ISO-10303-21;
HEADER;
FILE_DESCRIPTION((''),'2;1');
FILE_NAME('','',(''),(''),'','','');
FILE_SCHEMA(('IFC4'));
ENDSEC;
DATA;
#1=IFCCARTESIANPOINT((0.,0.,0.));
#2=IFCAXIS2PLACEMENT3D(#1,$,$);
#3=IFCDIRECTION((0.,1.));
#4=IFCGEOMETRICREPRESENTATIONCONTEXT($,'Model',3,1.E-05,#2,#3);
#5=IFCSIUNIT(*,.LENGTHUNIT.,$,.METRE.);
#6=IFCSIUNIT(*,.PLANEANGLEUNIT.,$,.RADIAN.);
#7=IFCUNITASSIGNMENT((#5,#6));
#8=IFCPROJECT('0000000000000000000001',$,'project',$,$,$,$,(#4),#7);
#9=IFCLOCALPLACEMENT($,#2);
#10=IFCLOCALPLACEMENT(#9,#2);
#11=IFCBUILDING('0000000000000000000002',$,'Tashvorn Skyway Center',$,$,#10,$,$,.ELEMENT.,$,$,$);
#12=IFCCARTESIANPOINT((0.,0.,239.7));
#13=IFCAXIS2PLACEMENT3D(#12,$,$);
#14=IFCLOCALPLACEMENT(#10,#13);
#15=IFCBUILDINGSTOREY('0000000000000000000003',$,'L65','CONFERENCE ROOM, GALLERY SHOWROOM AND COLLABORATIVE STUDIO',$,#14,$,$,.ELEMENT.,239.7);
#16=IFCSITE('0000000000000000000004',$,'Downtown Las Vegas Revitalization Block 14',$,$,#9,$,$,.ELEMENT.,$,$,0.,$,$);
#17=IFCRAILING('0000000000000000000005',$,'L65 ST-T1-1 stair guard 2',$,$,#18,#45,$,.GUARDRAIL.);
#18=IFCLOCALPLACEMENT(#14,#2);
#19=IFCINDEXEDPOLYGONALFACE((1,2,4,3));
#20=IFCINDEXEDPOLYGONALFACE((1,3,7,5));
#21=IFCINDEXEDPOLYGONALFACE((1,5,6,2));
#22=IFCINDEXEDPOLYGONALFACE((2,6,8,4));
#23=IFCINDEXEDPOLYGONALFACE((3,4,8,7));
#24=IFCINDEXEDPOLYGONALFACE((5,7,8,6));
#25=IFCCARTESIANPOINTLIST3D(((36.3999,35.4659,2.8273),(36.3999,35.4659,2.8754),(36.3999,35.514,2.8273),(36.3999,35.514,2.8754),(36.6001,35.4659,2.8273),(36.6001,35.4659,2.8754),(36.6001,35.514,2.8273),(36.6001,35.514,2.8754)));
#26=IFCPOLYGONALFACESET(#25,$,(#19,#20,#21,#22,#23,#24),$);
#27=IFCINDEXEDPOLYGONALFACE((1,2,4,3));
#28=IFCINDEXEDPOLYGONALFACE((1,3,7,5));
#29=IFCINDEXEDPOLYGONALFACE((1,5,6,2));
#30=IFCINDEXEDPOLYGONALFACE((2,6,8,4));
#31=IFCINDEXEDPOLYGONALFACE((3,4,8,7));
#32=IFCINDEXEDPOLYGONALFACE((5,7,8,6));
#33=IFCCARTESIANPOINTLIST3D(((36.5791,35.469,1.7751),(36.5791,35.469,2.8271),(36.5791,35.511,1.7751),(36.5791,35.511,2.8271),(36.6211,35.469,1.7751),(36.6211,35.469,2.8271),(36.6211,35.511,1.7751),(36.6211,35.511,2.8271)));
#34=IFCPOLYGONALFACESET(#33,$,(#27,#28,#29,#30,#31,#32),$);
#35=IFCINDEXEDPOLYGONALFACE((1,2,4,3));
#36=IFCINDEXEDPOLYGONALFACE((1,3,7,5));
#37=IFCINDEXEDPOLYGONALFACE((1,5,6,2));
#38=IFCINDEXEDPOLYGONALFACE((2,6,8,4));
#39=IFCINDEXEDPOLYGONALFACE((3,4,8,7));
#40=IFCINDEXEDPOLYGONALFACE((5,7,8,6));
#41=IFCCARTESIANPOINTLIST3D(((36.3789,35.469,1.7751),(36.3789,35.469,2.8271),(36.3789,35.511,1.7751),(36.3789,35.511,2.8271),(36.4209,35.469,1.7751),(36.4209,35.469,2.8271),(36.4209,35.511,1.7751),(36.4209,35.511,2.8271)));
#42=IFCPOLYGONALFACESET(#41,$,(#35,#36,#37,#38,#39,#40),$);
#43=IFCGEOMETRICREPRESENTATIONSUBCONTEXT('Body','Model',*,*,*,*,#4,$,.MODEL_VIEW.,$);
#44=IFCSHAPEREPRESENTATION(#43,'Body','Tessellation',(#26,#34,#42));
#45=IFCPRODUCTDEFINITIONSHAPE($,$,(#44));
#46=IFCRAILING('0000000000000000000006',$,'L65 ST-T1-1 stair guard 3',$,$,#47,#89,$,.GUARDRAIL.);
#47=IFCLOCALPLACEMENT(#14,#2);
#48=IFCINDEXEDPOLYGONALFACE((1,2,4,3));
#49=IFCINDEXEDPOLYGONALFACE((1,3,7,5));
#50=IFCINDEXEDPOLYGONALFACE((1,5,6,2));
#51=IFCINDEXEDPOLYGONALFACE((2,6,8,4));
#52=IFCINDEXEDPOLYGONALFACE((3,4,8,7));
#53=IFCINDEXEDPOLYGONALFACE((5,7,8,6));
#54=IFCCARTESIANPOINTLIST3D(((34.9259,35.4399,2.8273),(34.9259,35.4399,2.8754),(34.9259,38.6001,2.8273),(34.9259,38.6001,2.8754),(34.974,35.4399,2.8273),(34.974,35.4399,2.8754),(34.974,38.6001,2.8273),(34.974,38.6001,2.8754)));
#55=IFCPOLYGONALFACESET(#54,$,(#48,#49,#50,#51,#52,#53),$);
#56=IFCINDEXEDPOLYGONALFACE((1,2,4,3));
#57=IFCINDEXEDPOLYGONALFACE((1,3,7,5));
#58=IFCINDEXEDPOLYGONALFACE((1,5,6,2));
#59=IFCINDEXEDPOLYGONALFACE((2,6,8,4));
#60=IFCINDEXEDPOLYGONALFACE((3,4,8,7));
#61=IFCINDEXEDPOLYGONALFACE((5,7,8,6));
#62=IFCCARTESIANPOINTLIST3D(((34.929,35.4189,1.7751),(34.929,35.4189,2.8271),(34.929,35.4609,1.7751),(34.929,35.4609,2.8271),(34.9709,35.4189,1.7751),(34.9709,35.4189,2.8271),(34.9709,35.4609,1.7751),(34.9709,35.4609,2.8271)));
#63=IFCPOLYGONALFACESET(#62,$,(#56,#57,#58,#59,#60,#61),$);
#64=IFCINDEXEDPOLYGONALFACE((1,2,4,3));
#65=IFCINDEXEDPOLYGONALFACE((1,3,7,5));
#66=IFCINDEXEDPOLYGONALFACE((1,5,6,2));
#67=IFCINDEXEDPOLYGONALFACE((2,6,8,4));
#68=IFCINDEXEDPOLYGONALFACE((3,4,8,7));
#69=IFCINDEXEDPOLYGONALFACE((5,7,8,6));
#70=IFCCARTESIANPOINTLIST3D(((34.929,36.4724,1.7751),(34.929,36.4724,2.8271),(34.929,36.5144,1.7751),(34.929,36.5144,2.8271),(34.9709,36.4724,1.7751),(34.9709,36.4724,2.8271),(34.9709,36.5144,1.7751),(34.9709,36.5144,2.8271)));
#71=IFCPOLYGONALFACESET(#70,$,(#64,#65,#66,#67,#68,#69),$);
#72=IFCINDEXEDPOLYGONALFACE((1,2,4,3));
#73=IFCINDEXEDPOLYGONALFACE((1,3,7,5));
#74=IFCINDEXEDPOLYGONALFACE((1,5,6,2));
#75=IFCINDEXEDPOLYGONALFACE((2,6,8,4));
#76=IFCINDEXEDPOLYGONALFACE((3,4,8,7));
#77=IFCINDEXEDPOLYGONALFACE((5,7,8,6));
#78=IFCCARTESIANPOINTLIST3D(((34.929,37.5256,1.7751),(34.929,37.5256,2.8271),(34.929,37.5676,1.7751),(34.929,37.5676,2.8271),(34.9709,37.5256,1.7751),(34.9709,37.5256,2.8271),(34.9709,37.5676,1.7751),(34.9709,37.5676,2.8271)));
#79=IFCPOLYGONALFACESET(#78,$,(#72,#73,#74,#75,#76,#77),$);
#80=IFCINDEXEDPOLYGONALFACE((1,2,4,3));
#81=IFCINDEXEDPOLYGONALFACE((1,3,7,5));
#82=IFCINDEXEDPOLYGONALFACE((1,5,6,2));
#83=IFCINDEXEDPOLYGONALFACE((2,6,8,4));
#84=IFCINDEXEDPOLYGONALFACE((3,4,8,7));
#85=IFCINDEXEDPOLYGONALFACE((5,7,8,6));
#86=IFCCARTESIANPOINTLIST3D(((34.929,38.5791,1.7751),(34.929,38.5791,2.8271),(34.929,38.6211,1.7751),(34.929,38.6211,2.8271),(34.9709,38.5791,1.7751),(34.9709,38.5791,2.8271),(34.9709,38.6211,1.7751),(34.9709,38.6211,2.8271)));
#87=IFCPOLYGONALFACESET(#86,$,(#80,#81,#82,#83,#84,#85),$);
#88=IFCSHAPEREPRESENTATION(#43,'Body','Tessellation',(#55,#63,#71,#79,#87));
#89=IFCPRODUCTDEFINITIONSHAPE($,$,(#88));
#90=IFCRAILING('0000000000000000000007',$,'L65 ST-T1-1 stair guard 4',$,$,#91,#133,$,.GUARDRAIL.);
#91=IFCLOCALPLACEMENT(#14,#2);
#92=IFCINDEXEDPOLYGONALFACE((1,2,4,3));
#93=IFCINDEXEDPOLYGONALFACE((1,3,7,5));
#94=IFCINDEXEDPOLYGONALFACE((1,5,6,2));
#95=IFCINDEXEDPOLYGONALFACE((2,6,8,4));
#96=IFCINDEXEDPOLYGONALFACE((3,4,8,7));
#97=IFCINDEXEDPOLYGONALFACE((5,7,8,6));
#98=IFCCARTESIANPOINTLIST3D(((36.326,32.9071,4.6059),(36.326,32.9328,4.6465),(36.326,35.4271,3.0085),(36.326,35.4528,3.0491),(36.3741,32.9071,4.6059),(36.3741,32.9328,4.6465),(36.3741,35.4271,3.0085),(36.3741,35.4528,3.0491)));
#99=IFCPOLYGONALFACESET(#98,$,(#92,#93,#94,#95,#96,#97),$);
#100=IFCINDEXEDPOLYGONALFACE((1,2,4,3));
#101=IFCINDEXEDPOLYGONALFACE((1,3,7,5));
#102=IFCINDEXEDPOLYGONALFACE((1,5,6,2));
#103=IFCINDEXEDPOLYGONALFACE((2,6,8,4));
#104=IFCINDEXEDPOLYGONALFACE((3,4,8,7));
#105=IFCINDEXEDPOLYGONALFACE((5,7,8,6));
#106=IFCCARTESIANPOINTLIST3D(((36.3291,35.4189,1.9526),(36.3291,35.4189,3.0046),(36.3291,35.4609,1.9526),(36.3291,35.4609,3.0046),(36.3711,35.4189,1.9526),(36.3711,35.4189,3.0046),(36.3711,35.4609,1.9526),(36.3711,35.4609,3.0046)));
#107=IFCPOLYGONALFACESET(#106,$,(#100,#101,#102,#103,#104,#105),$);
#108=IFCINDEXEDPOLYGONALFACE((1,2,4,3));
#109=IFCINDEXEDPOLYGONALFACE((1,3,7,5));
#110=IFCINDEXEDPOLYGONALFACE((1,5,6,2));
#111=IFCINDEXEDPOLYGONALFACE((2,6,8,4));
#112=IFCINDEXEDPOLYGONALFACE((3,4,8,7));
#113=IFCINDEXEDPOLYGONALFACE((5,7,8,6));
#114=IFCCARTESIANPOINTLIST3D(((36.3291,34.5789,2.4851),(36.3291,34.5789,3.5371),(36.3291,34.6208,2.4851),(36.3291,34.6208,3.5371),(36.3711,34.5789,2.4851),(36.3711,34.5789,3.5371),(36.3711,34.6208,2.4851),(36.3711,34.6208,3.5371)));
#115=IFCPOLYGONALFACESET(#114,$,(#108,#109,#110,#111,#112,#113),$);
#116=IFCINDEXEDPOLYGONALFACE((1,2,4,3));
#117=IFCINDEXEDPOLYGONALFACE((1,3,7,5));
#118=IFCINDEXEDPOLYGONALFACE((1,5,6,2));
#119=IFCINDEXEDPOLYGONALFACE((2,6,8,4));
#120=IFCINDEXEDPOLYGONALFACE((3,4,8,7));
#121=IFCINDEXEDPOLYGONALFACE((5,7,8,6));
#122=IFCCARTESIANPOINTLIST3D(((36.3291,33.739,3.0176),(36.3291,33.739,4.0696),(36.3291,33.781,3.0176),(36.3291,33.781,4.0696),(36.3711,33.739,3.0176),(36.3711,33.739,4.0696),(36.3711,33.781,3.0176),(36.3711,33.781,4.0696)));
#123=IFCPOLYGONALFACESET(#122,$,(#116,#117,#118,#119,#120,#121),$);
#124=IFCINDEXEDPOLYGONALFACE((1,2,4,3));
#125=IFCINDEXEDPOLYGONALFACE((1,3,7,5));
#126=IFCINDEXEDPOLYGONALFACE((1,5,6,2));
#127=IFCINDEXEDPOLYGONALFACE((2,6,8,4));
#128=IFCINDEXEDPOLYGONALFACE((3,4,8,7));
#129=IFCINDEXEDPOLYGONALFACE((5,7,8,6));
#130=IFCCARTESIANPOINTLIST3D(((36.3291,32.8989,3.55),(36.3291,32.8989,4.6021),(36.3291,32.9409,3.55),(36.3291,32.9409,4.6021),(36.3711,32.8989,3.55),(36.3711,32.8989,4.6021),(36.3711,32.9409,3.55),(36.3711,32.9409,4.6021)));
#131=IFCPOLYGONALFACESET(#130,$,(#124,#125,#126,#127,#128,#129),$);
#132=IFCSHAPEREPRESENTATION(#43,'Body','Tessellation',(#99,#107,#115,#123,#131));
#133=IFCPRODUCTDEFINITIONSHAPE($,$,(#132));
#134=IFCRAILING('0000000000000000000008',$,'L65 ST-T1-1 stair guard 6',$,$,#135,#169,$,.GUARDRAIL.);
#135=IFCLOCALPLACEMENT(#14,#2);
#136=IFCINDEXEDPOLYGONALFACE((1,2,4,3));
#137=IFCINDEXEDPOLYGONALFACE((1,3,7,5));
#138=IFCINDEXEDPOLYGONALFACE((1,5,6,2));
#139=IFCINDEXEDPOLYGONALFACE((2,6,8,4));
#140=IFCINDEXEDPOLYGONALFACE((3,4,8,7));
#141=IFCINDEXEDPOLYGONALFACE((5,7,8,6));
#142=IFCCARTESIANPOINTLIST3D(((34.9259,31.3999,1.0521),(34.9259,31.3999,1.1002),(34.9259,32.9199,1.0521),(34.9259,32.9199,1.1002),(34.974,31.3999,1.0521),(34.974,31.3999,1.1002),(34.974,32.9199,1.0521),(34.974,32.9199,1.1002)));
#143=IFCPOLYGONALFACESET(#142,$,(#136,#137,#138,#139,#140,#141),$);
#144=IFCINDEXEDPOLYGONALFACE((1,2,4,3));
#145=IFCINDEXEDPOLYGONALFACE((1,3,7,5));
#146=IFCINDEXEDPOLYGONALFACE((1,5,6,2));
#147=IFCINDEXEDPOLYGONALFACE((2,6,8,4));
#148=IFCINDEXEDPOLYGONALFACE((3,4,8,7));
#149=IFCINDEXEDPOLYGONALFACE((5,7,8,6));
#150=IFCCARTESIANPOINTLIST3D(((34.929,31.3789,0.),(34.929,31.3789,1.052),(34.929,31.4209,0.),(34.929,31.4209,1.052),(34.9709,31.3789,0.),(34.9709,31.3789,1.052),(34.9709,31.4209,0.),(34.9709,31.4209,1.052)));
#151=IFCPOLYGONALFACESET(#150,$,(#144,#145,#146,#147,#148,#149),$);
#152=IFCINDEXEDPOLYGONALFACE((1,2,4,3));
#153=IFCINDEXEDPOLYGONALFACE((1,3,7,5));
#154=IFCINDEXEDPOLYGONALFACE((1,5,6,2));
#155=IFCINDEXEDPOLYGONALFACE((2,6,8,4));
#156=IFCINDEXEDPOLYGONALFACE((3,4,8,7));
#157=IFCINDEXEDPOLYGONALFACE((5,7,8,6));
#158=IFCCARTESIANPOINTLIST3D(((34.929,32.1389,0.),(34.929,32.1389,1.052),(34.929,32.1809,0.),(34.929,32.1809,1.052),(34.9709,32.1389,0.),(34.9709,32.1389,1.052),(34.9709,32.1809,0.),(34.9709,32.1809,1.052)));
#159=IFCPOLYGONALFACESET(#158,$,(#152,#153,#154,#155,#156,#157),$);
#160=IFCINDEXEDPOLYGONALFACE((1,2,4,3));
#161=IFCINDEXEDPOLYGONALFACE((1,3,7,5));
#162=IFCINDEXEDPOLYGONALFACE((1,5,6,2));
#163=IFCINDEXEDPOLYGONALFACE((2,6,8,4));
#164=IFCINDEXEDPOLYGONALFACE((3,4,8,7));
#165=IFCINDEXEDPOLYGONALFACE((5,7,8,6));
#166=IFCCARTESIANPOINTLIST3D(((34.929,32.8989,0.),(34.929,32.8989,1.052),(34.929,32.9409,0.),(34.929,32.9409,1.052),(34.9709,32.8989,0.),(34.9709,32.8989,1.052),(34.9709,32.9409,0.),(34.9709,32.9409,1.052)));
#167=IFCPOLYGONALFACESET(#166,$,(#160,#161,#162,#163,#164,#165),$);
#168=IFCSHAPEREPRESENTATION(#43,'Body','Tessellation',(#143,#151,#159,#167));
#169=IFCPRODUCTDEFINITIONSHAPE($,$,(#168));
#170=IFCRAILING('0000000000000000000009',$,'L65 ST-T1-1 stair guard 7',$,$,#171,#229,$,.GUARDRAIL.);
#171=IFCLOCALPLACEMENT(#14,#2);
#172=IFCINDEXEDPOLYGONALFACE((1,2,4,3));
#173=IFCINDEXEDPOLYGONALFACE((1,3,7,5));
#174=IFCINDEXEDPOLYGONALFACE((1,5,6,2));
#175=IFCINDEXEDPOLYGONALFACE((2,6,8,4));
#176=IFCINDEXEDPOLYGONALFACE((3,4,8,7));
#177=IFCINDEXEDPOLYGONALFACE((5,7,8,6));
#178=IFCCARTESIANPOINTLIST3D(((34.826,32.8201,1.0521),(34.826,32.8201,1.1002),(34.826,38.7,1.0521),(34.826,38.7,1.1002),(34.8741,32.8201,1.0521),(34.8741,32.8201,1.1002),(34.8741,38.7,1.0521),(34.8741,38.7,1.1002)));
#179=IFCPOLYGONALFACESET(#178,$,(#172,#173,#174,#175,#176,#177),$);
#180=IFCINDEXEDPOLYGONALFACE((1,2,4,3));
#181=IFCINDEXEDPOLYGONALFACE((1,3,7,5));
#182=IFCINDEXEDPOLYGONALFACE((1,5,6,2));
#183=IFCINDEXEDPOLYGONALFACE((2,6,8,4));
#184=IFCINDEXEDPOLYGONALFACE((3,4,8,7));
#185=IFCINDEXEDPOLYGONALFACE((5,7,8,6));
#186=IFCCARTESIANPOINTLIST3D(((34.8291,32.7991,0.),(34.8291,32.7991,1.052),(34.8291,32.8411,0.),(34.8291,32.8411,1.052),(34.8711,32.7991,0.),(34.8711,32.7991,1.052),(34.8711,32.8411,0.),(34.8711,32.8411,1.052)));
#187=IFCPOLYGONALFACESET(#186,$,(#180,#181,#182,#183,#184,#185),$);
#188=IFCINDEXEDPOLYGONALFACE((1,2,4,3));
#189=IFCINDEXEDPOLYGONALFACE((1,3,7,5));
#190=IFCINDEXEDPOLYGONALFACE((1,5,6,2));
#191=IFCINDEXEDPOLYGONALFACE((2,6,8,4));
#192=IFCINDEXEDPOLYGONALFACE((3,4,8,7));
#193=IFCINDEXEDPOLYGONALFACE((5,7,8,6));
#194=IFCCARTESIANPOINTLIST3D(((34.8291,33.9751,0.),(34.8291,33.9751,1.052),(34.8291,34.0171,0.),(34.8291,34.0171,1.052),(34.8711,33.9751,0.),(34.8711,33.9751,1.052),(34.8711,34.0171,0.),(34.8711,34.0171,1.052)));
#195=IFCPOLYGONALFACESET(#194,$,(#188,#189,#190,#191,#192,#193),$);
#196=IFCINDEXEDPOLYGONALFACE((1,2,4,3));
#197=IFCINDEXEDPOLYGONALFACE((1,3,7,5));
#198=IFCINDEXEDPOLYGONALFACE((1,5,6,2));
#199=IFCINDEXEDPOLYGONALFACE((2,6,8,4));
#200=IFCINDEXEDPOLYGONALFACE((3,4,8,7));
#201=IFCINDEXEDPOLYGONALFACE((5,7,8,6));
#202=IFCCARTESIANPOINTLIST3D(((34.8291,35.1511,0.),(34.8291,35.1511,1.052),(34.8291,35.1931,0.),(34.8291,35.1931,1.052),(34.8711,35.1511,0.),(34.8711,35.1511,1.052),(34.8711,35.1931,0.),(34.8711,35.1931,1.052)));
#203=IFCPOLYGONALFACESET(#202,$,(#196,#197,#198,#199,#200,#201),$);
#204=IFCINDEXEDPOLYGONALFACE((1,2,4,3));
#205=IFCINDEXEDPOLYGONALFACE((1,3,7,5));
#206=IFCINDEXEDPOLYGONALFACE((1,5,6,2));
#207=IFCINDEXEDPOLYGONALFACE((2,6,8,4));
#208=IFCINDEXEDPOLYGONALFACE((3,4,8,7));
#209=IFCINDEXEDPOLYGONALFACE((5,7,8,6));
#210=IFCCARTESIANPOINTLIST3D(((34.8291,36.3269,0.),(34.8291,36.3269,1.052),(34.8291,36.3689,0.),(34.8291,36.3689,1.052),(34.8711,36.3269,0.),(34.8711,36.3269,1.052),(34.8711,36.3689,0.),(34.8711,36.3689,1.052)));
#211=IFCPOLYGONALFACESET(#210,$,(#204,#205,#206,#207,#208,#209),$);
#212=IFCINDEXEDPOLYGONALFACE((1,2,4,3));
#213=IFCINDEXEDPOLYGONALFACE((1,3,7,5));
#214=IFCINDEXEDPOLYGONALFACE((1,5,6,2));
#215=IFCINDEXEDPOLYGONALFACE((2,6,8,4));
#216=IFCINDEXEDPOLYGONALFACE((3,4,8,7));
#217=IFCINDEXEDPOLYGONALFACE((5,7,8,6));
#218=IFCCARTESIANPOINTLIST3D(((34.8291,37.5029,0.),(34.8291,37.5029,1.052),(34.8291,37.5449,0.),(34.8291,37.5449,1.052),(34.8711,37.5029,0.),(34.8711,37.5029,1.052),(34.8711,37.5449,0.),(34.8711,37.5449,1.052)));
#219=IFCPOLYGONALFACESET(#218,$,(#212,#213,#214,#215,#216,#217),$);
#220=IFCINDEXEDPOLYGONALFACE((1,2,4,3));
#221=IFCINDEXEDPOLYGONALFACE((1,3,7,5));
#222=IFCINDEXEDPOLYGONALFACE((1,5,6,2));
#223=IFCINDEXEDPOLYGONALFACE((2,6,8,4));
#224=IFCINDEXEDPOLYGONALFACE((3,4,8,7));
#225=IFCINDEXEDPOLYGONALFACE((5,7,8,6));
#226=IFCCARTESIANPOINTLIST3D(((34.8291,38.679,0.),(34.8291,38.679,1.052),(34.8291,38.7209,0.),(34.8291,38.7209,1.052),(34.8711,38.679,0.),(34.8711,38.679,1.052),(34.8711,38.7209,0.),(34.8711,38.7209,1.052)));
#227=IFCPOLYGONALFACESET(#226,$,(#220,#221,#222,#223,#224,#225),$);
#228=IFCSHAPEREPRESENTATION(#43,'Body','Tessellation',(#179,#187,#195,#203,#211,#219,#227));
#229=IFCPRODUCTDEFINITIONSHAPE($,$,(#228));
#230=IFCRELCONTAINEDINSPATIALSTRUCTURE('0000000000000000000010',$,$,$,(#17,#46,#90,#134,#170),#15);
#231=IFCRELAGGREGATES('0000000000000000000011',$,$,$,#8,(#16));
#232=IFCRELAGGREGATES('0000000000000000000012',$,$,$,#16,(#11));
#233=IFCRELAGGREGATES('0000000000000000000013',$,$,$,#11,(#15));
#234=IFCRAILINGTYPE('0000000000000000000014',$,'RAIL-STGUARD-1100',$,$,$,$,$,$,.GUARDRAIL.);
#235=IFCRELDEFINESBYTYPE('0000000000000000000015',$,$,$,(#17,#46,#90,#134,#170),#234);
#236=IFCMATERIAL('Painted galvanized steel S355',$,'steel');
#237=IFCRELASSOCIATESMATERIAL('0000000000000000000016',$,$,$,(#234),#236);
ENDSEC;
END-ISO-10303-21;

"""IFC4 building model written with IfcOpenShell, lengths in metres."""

from ifc_helpers import new_model, si_unit, direction, frame, origin, origin_2d, place, context, subcontext, project, spatial, rectangle, extrude, material, type_object, element, save


model = new_model("IFC4")

# Units and contexts
model_context = context("Model", 3, precision=1e-05, world=origin(), true_north=direction((0.0, 1.0)))
body_context = subcontext(model_context, "Body", "Model", "MODEL_VIEW")
ifc_project = project(units=[si_unit("LENGTHUNIT", "METRE"), si_unit("PLANEANGLEUNIT", "RADIAN")], contexts=[model_context])

# Site, building, storey
site_placement = place(None, origin())
site = spatial("IfcSite", under=ifc_project, at=site_placement, Name="Downtown Las Vegas Revitalization Block 14", CompositionType="ELEMENT", RefElevation=0.0)
building_placement = place(site_placement, origin())
building = spatial("IfcBuilding", under=site, at=building_placement, Name="Tashvorn Skyway Center", CompositionType="ELEMENT")
storey_placement = place(building_placement, frame((0.0, 0.0, 239.7)))
storey = spatial("IfcBuildingStorey", under=building, at=storey_placement, Name="L65", Description="CONFERENCE ROOM, GALLERY SHOWROOM AND COLLABORATIVE STUDIO", CompositionType="ELEMENT", Elevation=239.7)

# Railings
ifc_material_1 = material(Name="Painted galvanized steel S355", Category="steel")
railing_type_1 = type_object("IfcRailingType", Name="RAIL-STGUARD-1100", PredefinedType="GUARDRAIL", material=ifc_material_1)
railing_1_placement = place(storey_placement, frame((36.6001, 35.49, 1.7751)))
element("IfcRailing", 1, at=railing_1_placement, inside=storey, type_object=railing_type_1, Name="L65 ST-T1-1 stair guard 2", PredefinedType="GUARDRAIL", context=body_context, shape_type="SweptSolid", body=[
    extrude(rectangle(XDim=0.0481, YDim=0.0481, at=origin_2d()), frame((0.0, 0.0, 1.0762), z_axis=(-1.0, 0.0, 0.0), x_axis=(0.0, -1.0, 0.0)), (0.0, 0.0, 1.0), 0.2002),
    extrude(rectangle(XDim=0.042, YDim=0.042, at=origin_2d()), origin(), (0.0, 0.0, 1.0), 1.052),
    extrude(rectangle(XDim=0.042, YDim=0.042, at=origin_2d()), frame((-0.2002, 0.0, 0.0)), (0.0, 0.0, 1.0), 1.052),
])
railing_2_placement = place(storey_placement, frame((34.95, 35.4399, 1.7751)))
element("IfcRailing", 2, at=railing_2_placement, inside=storey, type_object=railing_type_1, Name="L65 ST-T1-1 stair guard 3", PredefinedType="GUARDRAIL", context=body_context, shape_type="SweptSolid", body=[
    extrude(rectangle(XDim=0.0481, YDim=0.0481, at=origin_2d()), frame((0.0, 0.0, 1.0762), z_axis=(0.0, 1.0, 0.0), x_axis=(-1.0, 0.0, 0.0)), (0.0, 0.0, 1.0), 3.1602),
    extrude(rectangle(XDim=0.042, YDim=0.042, at=origin_2d()), origin(), (0.0, 0.0, 1.0), 1.052),
    extrude(rectangle(XDim=0.042, YDim=0.042, at=origin_2d()), frame((0.0, 1.0535, 0.0)), (0.0, 0.0, 1.0), 1.052),
    extrude(rectangle(XDim=0.042, YDim=0.042, at=origin_2d()), frame((0.0, 2.1067, 0.0)), (0.0, 0.0, 1.0), 1.052),
    extrude(rectangle(XDim=0.042, YDim=0.042, at=origin_2d()), frame((0.0, 3.1602, 0.0)), (0.0, 0.0, 1.0), 1.052),
])
railing_3_placement = place(storey_placement, frame((36.3501, 35.4399, 1.9526)))
element("IfcRailing", 3, at=railing_3_placement, inside=storey, type_object=railing_type_1, Name="L65 ST-T1-1 stair guard 4", PredefinedType="GUARDRAIL", context=body_context, shape_type="SweptSolid", body=[
    extrude(rectangle(XDim=0.0481, YDim=0.0481, at=origin_2d()), frame((0.0, 0.0, 1.0762), z_axis=(0.0, -0.844607, 0.535387), x_axis=(1.0, 0.0, 0.0)), (0.0, 0.0, 1.0), 2.9836),
    extrude(rectangle(XDim=0.042, YDim=0.042, at=origin_2d()), origin(), (0.0, 0.0, 1.0), 1.052),
    extrude(rectangle(XDim=0.042, YDim=0.042, at=origin_2d()), frame((0.0, -0.8401, 0.5325)), (0.0, 0.0, 1.0), 1.052),
    extrude(rectangle(XDim=0.042, YDim=0.042, at=origin_2d()), frame((0.0, -1.6799, 1.0649)), (0.0, 0.0, 1.0), 1.052),
    extrude(rectangle(XDim=0.042, YDim=0.042, at=origin_2d()), frame((0.0, -2.52, 1.5974)), (0.0, 0.0, 1.0), 1.052),
])
railing_4_placement = place(storey_placement, frame((34.95, 31.3999, 0.0)))
element("IfcRailing", 4, at=railing_4_placement, inside=storey, type_object=railing_type_1, Name="L65 ST-T1-1 stair guard 6", PredefinedType="GUARDRAIL", context=body_context, shape_type="SweptSolid", body=[
    extrude(rectangle(XDim=0.0481, YDim=0.0481, at=origin_2d()), frame((0.0, 0.0, 1.0762), z_axis=(0.0, 1.0, 0.0), x_axis=(-1.0, 0.0, 0.0)), (0.0, 0.0, 1.0), 1.52),
    extrude(rectangle(XDim=0.042, YDim=0.042, at=origin_2d()), origin(), (0.0, 0.0, 1.0), 1.052),
    extrude(rectangle(XDim=0.042, YDim=0.042, at=origin_2d()), frame((0.0, 0.76, 0.0)), (0.0, 0.0, 1.0), 1.052),
    extrude(rectangle(XDim=0.042, YDim=0.042, at=origin_2d()), frame((0.0, 1.52, 0.0)), (0.0, 0.0, 1.0), 1.052),
])
railing_5_placement = place(storey_placement, frame((34.8501, 32.8201, 0.0)))
element("IfcRailing", 5, at=railing_5_placement, inside=storey, type_object=railing_type_1, Name="L65 ST-T1-1 stair guard 7", PredefinedType="GUARDRAIL", context=body_context, shape_type="SweptSolid", body=[
    extrude(rectangle(XDim=0.0481, YDim=0.0481, at=origin_2d()), frame((0.0, 0.0, 1.0762), z_axis=(0.0, 1.0, 0.0), x_axis=(-1.0, 0.0, 0.0)), (0.0, 0.0, 1.0), 5.8799),
    extrude(rectangle(XDim=0.042, YDim=0.042, at=origin_2d()), origin(), (0.0, 0.0, 1.0), 1.052),
    extrude(rectangle(XDim=0.042, YDim=0.042, at=origin_2d()), frame((0.0, 1.176, 0.0)), (0.0, 0.0, 1.0), 1.052),
    extrude(rectangle(XDim=0.042, YDim=0.042, at=origin_2d()), frame((0.0, 2.3521, 0.0)), (0.0, 0.0, 1.0), 1.052),
    extrude(rectangle(XDim=0.042, YDim=0.042, at=origin_2d()), frame((0.0, 3.5278, 0.0)), (0.0, 0.0, 1.0), 1.052),
    extrude(rectangle(XDim=0.042, YDim=0.042, at=origin_2d()), frame((0.0, 4.7039, 0.0)), (0.0, 0.0, 1.0), 1.052),
    extrude(rectangle(XDim=0.042, YDim=0.042, at=origin_2d()), frame((0.0, 5.8799, 0.0)), (0.0, 0.0, 1.0), 1.052),
])

save(model, "model.ifc")
